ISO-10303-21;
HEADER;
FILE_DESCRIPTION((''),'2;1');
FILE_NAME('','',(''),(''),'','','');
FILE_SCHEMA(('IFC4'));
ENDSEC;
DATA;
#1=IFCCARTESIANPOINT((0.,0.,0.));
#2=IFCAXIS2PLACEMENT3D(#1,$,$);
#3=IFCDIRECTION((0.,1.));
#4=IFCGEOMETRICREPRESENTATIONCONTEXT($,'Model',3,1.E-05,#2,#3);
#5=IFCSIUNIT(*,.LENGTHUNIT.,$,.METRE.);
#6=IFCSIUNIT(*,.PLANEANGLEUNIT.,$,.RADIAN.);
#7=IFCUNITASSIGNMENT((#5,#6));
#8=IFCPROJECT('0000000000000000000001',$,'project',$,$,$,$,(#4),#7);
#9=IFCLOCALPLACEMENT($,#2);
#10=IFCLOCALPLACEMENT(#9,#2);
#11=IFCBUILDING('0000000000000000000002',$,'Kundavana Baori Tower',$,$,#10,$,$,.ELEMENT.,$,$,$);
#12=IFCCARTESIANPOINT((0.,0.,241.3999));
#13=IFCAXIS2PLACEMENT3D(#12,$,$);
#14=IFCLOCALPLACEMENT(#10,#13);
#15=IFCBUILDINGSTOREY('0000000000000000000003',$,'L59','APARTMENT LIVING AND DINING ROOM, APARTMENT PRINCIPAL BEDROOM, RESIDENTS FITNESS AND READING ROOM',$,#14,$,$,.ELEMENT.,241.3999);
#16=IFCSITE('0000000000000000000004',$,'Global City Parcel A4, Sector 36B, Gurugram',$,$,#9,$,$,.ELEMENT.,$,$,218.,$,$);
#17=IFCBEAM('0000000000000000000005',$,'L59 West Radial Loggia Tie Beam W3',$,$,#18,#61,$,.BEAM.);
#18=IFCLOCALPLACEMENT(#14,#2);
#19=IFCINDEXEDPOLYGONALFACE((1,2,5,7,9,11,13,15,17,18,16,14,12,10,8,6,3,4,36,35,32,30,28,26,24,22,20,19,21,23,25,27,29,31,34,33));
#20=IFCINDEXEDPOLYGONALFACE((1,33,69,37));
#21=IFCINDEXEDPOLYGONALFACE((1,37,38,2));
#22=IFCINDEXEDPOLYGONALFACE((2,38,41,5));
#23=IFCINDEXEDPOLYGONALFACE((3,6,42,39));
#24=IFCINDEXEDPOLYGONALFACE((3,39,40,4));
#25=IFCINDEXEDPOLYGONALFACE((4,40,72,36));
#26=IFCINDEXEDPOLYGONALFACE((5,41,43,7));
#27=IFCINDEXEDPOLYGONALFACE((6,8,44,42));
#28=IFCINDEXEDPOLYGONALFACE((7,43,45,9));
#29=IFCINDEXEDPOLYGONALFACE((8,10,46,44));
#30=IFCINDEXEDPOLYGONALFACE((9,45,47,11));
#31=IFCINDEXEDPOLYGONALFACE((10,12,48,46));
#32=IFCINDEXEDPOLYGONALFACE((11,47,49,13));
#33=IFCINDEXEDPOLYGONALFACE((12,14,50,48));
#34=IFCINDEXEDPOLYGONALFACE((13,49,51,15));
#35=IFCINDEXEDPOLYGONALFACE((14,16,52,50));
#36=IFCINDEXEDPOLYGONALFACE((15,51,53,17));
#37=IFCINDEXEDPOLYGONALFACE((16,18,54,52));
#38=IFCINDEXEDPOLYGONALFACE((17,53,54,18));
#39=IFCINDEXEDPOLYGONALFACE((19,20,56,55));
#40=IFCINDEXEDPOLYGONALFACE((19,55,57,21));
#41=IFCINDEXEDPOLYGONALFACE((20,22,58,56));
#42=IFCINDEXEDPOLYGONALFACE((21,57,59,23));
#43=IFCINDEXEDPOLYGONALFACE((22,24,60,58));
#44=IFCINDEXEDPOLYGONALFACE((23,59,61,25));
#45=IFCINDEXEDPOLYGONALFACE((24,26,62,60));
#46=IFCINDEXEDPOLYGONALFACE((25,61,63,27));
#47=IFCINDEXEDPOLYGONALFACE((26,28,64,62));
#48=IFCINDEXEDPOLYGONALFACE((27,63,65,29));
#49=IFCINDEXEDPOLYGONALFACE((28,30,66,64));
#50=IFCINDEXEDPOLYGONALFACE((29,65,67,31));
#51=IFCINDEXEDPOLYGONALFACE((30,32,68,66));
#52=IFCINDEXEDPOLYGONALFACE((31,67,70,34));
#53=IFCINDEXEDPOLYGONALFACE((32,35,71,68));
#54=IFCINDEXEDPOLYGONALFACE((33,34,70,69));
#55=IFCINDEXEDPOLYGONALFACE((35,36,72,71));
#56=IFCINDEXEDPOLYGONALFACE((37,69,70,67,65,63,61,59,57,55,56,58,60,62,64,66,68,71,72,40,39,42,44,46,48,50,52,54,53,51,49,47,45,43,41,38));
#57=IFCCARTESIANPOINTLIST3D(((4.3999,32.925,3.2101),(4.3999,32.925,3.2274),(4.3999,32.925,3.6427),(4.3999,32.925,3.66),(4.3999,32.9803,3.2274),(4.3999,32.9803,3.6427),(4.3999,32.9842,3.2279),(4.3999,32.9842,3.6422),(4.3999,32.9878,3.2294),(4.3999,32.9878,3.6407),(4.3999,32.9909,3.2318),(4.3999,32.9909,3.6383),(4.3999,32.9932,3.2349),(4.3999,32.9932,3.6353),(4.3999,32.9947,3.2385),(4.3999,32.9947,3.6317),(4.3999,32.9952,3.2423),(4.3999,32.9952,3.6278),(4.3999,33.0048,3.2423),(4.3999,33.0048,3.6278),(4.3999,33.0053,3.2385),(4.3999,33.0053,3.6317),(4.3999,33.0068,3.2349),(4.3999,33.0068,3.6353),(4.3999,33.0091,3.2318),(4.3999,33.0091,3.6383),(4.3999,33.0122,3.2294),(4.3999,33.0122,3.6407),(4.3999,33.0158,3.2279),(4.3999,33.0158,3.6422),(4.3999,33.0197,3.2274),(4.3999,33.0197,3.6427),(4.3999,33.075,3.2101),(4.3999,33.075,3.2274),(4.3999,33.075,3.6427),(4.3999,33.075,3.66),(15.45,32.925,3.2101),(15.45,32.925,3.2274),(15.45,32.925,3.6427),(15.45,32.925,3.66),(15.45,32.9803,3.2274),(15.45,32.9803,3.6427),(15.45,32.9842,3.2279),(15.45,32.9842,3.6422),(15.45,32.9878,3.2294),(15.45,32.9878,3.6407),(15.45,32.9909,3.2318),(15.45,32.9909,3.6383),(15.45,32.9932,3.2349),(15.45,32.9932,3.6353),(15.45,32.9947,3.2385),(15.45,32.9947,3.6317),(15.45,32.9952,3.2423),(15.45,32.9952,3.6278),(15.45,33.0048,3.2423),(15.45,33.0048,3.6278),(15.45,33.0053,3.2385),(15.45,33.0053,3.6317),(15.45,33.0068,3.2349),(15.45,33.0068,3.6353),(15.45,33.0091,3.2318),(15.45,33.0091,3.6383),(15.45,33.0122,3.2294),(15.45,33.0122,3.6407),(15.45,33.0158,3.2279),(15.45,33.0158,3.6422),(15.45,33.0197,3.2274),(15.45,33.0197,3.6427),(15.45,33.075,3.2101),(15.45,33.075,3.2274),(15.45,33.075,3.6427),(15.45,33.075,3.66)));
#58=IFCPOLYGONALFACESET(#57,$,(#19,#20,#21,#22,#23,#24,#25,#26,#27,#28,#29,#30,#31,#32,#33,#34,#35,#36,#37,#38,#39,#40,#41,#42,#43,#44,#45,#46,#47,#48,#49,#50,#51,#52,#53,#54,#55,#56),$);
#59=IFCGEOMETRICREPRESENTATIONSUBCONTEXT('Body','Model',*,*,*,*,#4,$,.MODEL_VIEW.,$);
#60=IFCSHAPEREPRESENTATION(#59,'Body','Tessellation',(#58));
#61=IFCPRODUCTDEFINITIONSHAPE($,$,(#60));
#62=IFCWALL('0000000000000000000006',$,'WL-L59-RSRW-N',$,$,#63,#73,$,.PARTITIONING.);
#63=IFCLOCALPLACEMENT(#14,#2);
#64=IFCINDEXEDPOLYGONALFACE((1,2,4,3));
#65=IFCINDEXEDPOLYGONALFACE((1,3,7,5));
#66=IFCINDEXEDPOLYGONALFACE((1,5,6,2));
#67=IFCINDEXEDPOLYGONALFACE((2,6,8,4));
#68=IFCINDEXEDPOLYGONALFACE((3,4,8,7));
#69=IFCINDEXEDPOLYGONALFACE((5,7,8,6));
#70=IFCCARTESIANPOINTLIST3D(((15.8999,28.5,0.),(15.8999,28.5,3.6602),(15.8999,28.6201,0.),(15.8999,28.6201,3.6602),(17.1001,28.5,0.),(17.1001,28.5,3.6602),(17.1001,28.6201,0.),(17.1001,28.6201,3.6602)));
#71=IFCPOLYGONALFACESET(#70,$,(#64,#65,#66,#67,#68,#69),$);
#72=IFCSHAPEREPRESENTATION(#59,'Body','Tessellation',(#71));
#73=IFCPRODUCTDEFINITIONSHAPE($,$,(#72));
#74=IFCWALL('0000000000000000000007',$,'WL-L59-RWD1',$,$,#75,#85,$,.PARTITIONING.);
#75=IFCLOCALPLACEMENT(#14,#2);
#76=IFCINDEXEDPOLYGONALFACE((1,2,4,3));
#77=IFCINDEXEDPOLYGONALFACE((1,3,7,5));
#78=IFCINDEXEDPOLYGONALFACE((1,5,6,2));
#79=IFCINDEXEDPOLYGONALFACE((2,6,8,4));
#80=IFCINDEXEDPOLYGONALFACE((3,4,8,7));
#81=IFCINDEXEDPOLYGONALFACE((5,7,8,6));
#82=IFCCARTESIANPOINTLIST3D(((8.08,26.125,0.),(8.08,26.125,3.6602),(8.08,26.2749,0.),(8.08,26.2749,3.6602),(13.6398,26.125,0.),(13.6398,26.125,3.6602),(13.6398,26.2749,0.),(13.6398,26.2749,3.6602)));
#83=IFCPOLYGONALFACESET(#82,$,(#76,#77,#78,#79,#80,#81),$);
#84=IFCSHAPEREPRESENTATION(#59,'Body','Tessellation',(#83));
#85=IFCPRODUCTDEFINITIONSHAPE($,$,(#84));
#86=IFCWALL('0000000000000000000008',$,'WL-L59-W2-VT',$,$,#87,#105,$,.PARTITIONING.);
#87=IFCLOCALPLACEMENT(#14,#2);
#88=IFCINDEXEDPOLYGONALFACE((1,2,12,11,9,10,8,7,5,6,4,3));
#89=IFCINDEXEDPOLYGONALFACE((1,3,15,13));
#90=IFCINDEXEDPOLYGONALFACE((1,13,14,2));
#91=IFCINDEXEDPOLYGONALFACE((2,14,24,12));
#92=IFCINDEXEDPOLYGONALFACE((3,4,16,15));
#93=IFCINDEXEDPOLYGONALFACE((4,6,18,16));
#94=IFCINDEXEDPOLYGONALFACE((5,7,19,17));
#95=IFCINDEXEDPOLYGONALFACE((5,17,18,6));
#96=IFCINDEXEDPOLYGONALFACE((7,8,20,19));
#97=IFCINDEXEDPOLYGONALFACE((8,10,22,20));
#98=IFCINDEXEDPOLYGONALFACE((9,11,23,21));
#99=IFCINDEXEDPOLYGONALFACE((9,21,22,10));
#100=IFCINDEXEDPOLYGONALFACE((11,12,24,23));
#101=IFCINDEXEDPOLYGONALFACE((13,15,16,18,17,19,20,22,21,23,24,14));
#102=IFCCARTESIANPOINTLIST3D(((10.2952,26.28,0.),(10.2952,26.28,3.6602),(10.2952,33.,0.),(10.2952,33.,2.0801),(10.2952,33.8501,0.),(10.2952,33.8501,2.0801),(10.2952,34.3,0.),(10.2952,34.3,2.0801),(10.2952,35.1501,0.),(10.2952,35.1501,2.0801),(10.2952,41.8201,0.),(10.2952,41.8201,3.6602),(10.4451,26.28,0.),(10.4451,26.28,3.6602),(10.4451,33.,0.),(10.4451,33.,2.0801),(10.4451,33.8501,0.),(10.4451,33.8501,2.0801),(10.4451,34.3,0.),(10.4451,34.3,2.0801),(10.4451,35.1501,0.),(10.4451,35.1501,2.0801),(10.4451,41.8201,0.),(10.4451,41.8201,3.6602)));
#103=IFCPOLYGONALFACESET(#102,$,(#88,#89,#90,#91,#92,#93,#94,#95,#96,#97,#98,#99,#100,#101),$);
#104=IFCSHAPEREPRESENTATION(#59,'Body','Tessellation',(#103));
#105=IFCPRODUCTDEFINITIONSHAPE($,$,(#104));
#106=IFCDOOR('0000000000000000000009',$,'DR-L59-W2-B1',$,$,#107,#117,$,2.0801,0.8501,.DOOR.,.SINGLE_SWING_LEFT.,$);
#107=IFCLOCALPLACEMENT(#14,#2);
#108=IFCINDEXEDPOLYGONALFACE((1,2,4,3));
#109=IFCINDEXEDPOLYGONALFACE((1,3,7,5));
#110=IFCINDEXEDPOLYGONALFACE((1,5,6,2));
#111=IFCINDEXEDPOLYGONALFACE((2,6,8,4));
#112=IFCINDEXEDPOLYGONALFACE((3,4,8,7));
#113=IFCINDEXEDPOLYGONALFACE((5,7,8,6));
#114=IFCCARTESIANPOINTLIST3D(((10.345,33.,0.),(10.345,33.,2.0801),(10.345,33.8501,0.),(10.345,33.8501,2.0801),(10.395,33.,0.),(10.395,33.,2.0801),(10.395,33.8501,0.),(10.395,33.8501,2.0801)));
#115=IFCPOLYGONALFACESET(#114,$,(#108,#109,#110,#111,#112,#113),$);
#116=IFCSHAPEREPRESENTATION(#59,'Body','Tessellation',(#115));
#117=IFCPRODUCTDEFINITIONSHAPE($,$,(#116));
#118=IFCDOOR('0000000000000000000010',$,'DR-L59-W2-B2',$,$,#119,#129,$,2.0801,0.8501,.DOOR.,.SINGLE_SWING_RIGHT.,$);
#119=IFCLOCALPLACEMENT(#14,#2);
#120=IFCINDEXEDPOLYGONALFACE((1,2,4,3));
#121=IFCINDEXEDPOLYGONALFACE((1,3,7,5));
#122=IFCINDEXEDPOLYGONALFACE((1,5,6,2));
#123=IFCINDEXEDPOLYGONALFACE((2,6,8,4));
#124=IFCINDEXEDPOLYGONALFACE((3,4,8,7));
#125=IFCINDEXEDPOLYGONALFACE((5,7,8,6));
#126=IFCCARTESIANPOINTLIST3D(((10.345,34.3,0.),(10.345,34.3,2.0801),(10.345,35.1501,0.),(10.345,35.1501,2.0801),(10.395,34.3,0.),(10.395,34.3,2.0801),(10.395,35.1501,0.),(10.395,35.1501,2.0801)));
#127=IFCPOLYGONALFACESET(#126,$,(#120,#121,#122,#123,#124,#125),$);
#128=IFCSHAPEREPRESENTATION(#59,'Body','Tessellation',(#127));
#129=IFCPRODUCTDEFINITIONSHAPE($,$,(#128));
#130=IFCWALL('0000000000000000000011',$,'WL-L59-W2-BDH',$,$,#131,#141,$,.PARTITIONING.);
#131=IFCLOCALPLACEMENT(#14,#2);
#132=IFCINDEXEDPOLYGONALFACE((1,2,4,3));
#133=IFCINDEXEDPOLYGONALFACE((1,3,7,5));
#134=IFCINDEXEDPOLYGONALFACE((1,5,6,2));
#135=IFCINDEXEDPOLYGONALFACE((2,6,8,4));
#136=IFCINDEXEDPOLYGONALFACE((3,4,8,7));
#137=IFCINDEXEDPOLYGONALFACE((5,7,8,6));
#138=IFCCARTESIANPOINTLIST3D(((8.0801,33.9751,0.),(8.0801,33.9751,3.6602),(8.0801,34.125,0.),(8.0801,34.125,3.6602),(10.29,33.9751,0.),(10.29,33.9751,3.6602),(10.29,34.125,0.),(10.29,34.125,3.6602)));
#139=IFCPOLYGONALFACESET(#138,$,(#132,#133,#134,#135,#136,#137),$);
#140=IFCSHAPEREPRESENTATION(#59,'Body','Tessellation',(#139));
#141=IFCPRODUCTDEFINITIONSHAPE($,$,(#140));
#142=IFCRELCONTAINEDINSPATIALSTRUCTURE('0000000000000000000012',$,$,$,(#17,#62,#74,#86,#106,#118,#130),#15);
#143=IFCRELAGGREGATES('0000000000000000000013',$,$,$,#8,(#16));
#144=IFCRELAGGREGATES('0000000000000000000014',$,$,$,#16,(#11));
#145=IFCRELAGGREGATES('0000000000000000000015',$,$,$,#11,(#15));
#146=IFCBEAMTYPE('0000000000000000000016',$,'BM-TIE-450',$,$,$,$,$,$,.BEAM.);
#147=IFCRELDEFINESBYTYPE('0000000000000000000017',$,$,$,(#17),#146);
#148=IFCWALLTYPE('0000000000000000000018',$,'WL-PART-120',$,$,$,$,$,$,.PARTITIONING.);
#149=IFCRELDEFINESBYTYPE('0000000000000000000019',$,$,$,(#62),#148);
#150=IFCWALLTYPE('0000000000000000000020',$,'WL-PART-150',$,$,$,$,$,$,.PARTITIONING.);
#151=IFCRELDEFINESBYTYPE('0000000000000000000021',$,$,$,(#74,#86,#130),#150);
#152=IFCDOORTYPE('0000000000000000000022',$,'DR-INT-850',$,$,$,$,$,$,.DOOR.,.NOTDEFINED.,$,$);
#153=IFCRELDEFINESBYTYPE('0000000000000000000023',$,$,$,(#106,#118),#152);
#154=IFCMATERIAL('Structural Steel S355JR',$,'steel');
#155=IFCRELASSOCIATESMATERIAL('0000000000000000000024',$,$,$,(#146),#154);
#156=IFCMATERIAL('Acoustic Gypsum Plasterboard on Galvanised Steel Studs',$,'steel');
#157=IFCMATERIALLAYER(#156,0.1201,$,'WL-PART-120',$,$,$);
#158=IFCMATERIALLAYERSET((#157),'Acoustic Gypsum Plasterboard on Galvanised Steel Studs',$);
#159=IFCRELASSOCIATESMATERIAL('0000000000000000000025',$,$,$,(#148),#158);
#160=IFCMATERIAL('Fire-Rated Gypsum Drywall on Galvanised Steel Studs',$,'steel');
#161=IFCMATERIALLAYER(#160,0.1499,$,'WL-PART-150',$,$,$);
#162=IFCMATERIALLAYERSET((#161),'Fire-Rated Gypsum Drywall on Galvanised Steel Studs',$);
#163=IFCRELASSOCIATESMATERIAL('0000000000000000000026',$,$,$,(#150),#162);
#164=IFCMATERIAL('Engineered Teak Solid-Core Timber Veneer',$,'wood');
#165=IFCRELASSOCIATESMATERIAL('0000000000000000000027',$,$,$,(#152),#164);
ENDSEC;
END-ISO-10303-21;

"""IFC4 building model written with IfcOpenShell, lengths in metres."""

from ifc_helpers import new_model, si_unit, direction, frame, frame_2d, origin, origin_2d, place, context, subcontext, project, spatial, rectangle, i_section, extrude, material, layer, layer_set, material_profile, profile_set, type_object, element, fill, save


model = new_model("IFC4")

# Units and contexts
model_context = context("Model", 3, precision=1e-05, world=origin(), true_north=direction((0.0, 1.0)))
body_context = subcontext(model_context, "Body", "Model", "MODEL_VIEW")
ifc_project = project(units=[si_unit("LENGTHUNIT", "METRE"), si_unit("PLANEANGLEUNIT", "RADIAN")], contexts=[model_context])

# Site, building, storey
site_placement = place(None, origin())
site = spatial("IfcSite", under=ifc_project, at=site_placement, Name="Global City Parcel A4, Sector 36B, Gurugram", CompositionType="ELEMENT", RefElevation=218.0)
building_placement = place(site_placement, origin())
building = spatial("IfcBuilding", under=site, at=building_placement, Name="Kundavana Baori Tower", CompositionType="ELEMENT")
storey_placement = place(building_placement, frame((0.0, 0.0, 241.3999)))
storey = spatial("IfcBuildingStorey", under=building, at=storey_placement, Name="L59", Description="APARTMENT LIVING AND DINING ROOM, APARTMENT PRINCIPAL BEDROOM, RESIDENTS FITNESS AND READING ROOM", CompositionType="ELEMENT", Elevation=241.3999)

# Beam
ifc_material_1 = material(Name="Structural Steel S355JR", Category="steel")
ifc_material_profile_1 = material_profile(ifc_material_1, i_section(OverallWidth=0.1499, OverallDepth=0.45, WebThickness=0.0095, FlangeThickness=0.0173, FilletRadius=0.0149, at=origin_2d()), Name="ISMB 450")
ifc_profile_set_1 = profile_set([ifc_material_profile_1], Name="Structural Steel S355JR")
beam_type_1 = type_object("IfcBeamType", Name="BM-TIE-450", PredefinedType="BEAM", material=ifc_profile_set_1)
for number, where, z_axis, x_axis, name in (
    (1, (15.45, 33.0, 3.4351), (-1.0, 0.0, 0.0), (0.0, -1.0, 0.0), "L59 West Radial Loggia Tie Beam W3"),
):
    element("IfcBeam", number, at=place(storey_placement, frame(where, z_axis=z_axis, x_axis=x_axis)), inside=storey, type_object=beam_type_1, Name=name, PredefinedType="BEAM", context=body_context, shape_type="SweptSolid", body=[
        extrude(i_section(OverallWidth=0.1499, OverallDepth=0.45, WebThickness=0.0095, FlangeThickness=0.0173, FilletRadius=0.0149, at=origin_2d()), origin(), (0.0, 0.0, 1.0), 11.05),
    ])

# Walls
ifc_material_2 = material(Name="Acoustic Gypsum Plasterboard on Galvanised Steel Studs", Category="steel")
ifc_layer_1 = layer(ifc_material_2, 0.1201, Name="WL-PART-120")
ifc_layer_set_1 = layer_set([ifc_layer_1], Name="Acoustic Gypsum Plasterboard on Galvanised Steel Studs")
wall_type_1 = type_object("IfcWallType", Name="WL-PART-120", PredefinedType="PARTITIONING", material=ifc_layer_set_1)
wall_1_placement = place(storey_placement, frame((15.8999, 28.5601, 0.0), z_axis=(0.0, 0.0, 1.0), x_axis=(1.0, 0.0, 0.0)))
element("IfcWall", 2, at=wall_1_placement, inside=storey, type_object=wall_type_1, Name="WL-L59-RSRW-N", PredefinedType="PARTITIONING", context=body_context, shape_type="SweptSolid", body=[
    extrude(rectangle(XDim=1.2002, YDim=0.1201, at=frame_2d((0.6001, 0.0))), origin(), (0.0, 0.0, 1.0), 3.6602),
])
ifc_material_3 = material(Name="Fire-Rated Gypsum Drywall on Galvanised Steel Studs", Category="steel")
ifc_layer_2 = layer(ifc_material_3, 0.1499, Name="WL-PART-150")
ifc_layer_set_2 = layer_set([ifc_layer_2], Name="Fire-Rated Gypsum Drywall on Galvanised Steel Studs")
wall_type_2 = type_object("IfcWallType", Name="WL-PART-150", PredefinedType="PARTITIONING", material=ifc_layer_set_2)
wall_2_placement = place(storey_placement, frame((8.0801, 26.2, 0.0), z_axis=(0.0, 0.0, 1.0), x_axis=(1.0, 0.0, 0.0)))
element("IfcWall", 3, at=wall_2_placement, inside=storey, type_object=wall_type_2, Name="WL-L59-RWD1", PredefinedType="PARTITIONING", context=body_context, shape_type="SweptSolid", body=[
    extrude(rectangle(XDim=5.5598, YDim=0.1499, at=frame_2d((2.7798, 0.0))), origin(), (0.0, 0.0, 1.0), 3.6602),
])

# Wall, openings, doors
wall_3_placement = place(storey_placement, frame((10.3701, 26.28, 0.0), z_axis=(0.0, 0.0, 1.0), x_axis=(0.0, 1.0, 0.0)))
wall_3 = element("IfcWall", 4, at=wall_3_placement, inside=storey, type_object=wall_type_2, Name="WL-L59-W2-VT", PredefinedType="PARTITIONING", context=body_context, shape_type="SweptSolid", body=[
    extrude(rectangle(XDim=15.54, YDim=0.1499, at=frame_2d((7.77, 0.0))), origin(), (0.0, 0.0, 1.0), 3.6602),
])
opening_1_placement = place(wall_3_placement, frame((6.72, 0.0, 0.0)))
opening_1 = element("IfcOpeningElement", 5, at=opening_1_placement, cuts=wall_3, PredefinedType="OPENING", context=body_context, shape_type="SweptSolid", body=[
    extrude(rectangle(XDim=0.8501, YDim=2.0801, at=frame_2d((0.425, 1.04))), frame((0.0, 0.085, 0.0), z_axis=(0.0, -1.0, 0.0), x_axis=(1.0, 0.0, 0.0)), (0.0, 0.0, 1.0), 0.1699),
])
opening_2_placement = place(wall_3_placement, frame((8.02, 0.0, 0.0)))
opening_2 = element("IfcOpeningElement", 6, at=opening_2_placement, cuts=wall_3, PredefinedType="OPENING", context=body_context, shape_type="SweptSolid", body=[
    extrude(rectangle(XDim=0.8501, YDim=2.0801, at=frame_2d((0.425, 1.04))), frame((0.0, 0.085, 0.0), z_axis=(0.0, -1.0, 0.0), x_axis=(1.0, 0.0, 0.0)), (0.0, 0.0, 1.0), 0.1699),
])
ifc_material_4 = material(Name="Engineered Teak Solid-Core Timber Veneer", Category="wood")
door_type_1 = type_object("IfcDoorType", Name="DR-INT-850", OperationType="NOTDEFINED", PredefinedType="DOOR", material=ifc_material_4)
door_1_placement = place(opening_1_placement, frame((0.8501, 0.0, 0.0), z_axis=(0.0, 0.0, 1.0), x_axis=(-1.0, 0.0, 0.0)))
door_1 = element("IfcDoor", 7, at=door_1_placement, inside=storey, type_object=door_type_1, Name="DR-L59-W2-B1", OperationType="SINGLE_SWING_LEFT", OverallHeight=2.0801, OverallWidth=0.8501, PredefinedType="DOOR", context=body_context, shape_type="SweptSolid", body=[
    extrude(rectangle(XDim=0.8501, YDim=2.0801, at=frame_2d((0.425, 1.04))), frame((0.0, 0.0249, 0.0), z_axis=(0.0, -1.0, 0.0), x_axis=(1.0, 0.0, 0.0)), (0.0, 0.0, 1.0), 0.05),
])
fill(opening_1, door_1)
door_2_placement = place(opening_2_placement, frame((0.8501, 0.0, 0.0), z_axis=(0.0, 0.0, 1.0), x_axis=(-1.0, 0.0, 0.0)))
door_2 = element("IfcDoor", 8, at=door_2_placement, inside=storey, type_object=door_type_1, Name="DR-L59-W2-B2", OperationType="SINGLE_SWING_RIGHT", OverallHeight=2.0801, OverallWidth=0.8501, PredefinedType="DOOR", context=body_context, shape_type="SweptSolid", body=[
    extrude(rectangle(XDim=0.8501, YDim=2.0801, at=frame_2d((0.425, 1.04))), frame((0.0, 0.0249, 0.0), z_axis=(0.0, -1.0, 0.0), x_axis=(1.0, 0.0, 0.0)), (0.0, 0.0, 1.0), 0.05),
])
fill(opening_2, door_2)

# Wall
wall_4_placement = place(storey_placement, frame((8.0801, 34.05, 0.0), z_axis=(0.0, 0.0, 1.0), x_axis=(1.0, 0.0, 0.0)))
element("IfcWall", 9, at=wall_4_placement, inside=storey, type_object=wall_type_2, Name="WL-L59-W2-BDH", PredefinedType="PARTITIONING", context=body_context, shape_type="SweptSolid", body=[
    extrude(rectangle(XDim=2.21, YDim=0.1499, at=frame_2d((1.105, 0.0))), origin(), (0.0, 0.0, 1.0), 3.6602),
])

save(model, "model.ifc")
